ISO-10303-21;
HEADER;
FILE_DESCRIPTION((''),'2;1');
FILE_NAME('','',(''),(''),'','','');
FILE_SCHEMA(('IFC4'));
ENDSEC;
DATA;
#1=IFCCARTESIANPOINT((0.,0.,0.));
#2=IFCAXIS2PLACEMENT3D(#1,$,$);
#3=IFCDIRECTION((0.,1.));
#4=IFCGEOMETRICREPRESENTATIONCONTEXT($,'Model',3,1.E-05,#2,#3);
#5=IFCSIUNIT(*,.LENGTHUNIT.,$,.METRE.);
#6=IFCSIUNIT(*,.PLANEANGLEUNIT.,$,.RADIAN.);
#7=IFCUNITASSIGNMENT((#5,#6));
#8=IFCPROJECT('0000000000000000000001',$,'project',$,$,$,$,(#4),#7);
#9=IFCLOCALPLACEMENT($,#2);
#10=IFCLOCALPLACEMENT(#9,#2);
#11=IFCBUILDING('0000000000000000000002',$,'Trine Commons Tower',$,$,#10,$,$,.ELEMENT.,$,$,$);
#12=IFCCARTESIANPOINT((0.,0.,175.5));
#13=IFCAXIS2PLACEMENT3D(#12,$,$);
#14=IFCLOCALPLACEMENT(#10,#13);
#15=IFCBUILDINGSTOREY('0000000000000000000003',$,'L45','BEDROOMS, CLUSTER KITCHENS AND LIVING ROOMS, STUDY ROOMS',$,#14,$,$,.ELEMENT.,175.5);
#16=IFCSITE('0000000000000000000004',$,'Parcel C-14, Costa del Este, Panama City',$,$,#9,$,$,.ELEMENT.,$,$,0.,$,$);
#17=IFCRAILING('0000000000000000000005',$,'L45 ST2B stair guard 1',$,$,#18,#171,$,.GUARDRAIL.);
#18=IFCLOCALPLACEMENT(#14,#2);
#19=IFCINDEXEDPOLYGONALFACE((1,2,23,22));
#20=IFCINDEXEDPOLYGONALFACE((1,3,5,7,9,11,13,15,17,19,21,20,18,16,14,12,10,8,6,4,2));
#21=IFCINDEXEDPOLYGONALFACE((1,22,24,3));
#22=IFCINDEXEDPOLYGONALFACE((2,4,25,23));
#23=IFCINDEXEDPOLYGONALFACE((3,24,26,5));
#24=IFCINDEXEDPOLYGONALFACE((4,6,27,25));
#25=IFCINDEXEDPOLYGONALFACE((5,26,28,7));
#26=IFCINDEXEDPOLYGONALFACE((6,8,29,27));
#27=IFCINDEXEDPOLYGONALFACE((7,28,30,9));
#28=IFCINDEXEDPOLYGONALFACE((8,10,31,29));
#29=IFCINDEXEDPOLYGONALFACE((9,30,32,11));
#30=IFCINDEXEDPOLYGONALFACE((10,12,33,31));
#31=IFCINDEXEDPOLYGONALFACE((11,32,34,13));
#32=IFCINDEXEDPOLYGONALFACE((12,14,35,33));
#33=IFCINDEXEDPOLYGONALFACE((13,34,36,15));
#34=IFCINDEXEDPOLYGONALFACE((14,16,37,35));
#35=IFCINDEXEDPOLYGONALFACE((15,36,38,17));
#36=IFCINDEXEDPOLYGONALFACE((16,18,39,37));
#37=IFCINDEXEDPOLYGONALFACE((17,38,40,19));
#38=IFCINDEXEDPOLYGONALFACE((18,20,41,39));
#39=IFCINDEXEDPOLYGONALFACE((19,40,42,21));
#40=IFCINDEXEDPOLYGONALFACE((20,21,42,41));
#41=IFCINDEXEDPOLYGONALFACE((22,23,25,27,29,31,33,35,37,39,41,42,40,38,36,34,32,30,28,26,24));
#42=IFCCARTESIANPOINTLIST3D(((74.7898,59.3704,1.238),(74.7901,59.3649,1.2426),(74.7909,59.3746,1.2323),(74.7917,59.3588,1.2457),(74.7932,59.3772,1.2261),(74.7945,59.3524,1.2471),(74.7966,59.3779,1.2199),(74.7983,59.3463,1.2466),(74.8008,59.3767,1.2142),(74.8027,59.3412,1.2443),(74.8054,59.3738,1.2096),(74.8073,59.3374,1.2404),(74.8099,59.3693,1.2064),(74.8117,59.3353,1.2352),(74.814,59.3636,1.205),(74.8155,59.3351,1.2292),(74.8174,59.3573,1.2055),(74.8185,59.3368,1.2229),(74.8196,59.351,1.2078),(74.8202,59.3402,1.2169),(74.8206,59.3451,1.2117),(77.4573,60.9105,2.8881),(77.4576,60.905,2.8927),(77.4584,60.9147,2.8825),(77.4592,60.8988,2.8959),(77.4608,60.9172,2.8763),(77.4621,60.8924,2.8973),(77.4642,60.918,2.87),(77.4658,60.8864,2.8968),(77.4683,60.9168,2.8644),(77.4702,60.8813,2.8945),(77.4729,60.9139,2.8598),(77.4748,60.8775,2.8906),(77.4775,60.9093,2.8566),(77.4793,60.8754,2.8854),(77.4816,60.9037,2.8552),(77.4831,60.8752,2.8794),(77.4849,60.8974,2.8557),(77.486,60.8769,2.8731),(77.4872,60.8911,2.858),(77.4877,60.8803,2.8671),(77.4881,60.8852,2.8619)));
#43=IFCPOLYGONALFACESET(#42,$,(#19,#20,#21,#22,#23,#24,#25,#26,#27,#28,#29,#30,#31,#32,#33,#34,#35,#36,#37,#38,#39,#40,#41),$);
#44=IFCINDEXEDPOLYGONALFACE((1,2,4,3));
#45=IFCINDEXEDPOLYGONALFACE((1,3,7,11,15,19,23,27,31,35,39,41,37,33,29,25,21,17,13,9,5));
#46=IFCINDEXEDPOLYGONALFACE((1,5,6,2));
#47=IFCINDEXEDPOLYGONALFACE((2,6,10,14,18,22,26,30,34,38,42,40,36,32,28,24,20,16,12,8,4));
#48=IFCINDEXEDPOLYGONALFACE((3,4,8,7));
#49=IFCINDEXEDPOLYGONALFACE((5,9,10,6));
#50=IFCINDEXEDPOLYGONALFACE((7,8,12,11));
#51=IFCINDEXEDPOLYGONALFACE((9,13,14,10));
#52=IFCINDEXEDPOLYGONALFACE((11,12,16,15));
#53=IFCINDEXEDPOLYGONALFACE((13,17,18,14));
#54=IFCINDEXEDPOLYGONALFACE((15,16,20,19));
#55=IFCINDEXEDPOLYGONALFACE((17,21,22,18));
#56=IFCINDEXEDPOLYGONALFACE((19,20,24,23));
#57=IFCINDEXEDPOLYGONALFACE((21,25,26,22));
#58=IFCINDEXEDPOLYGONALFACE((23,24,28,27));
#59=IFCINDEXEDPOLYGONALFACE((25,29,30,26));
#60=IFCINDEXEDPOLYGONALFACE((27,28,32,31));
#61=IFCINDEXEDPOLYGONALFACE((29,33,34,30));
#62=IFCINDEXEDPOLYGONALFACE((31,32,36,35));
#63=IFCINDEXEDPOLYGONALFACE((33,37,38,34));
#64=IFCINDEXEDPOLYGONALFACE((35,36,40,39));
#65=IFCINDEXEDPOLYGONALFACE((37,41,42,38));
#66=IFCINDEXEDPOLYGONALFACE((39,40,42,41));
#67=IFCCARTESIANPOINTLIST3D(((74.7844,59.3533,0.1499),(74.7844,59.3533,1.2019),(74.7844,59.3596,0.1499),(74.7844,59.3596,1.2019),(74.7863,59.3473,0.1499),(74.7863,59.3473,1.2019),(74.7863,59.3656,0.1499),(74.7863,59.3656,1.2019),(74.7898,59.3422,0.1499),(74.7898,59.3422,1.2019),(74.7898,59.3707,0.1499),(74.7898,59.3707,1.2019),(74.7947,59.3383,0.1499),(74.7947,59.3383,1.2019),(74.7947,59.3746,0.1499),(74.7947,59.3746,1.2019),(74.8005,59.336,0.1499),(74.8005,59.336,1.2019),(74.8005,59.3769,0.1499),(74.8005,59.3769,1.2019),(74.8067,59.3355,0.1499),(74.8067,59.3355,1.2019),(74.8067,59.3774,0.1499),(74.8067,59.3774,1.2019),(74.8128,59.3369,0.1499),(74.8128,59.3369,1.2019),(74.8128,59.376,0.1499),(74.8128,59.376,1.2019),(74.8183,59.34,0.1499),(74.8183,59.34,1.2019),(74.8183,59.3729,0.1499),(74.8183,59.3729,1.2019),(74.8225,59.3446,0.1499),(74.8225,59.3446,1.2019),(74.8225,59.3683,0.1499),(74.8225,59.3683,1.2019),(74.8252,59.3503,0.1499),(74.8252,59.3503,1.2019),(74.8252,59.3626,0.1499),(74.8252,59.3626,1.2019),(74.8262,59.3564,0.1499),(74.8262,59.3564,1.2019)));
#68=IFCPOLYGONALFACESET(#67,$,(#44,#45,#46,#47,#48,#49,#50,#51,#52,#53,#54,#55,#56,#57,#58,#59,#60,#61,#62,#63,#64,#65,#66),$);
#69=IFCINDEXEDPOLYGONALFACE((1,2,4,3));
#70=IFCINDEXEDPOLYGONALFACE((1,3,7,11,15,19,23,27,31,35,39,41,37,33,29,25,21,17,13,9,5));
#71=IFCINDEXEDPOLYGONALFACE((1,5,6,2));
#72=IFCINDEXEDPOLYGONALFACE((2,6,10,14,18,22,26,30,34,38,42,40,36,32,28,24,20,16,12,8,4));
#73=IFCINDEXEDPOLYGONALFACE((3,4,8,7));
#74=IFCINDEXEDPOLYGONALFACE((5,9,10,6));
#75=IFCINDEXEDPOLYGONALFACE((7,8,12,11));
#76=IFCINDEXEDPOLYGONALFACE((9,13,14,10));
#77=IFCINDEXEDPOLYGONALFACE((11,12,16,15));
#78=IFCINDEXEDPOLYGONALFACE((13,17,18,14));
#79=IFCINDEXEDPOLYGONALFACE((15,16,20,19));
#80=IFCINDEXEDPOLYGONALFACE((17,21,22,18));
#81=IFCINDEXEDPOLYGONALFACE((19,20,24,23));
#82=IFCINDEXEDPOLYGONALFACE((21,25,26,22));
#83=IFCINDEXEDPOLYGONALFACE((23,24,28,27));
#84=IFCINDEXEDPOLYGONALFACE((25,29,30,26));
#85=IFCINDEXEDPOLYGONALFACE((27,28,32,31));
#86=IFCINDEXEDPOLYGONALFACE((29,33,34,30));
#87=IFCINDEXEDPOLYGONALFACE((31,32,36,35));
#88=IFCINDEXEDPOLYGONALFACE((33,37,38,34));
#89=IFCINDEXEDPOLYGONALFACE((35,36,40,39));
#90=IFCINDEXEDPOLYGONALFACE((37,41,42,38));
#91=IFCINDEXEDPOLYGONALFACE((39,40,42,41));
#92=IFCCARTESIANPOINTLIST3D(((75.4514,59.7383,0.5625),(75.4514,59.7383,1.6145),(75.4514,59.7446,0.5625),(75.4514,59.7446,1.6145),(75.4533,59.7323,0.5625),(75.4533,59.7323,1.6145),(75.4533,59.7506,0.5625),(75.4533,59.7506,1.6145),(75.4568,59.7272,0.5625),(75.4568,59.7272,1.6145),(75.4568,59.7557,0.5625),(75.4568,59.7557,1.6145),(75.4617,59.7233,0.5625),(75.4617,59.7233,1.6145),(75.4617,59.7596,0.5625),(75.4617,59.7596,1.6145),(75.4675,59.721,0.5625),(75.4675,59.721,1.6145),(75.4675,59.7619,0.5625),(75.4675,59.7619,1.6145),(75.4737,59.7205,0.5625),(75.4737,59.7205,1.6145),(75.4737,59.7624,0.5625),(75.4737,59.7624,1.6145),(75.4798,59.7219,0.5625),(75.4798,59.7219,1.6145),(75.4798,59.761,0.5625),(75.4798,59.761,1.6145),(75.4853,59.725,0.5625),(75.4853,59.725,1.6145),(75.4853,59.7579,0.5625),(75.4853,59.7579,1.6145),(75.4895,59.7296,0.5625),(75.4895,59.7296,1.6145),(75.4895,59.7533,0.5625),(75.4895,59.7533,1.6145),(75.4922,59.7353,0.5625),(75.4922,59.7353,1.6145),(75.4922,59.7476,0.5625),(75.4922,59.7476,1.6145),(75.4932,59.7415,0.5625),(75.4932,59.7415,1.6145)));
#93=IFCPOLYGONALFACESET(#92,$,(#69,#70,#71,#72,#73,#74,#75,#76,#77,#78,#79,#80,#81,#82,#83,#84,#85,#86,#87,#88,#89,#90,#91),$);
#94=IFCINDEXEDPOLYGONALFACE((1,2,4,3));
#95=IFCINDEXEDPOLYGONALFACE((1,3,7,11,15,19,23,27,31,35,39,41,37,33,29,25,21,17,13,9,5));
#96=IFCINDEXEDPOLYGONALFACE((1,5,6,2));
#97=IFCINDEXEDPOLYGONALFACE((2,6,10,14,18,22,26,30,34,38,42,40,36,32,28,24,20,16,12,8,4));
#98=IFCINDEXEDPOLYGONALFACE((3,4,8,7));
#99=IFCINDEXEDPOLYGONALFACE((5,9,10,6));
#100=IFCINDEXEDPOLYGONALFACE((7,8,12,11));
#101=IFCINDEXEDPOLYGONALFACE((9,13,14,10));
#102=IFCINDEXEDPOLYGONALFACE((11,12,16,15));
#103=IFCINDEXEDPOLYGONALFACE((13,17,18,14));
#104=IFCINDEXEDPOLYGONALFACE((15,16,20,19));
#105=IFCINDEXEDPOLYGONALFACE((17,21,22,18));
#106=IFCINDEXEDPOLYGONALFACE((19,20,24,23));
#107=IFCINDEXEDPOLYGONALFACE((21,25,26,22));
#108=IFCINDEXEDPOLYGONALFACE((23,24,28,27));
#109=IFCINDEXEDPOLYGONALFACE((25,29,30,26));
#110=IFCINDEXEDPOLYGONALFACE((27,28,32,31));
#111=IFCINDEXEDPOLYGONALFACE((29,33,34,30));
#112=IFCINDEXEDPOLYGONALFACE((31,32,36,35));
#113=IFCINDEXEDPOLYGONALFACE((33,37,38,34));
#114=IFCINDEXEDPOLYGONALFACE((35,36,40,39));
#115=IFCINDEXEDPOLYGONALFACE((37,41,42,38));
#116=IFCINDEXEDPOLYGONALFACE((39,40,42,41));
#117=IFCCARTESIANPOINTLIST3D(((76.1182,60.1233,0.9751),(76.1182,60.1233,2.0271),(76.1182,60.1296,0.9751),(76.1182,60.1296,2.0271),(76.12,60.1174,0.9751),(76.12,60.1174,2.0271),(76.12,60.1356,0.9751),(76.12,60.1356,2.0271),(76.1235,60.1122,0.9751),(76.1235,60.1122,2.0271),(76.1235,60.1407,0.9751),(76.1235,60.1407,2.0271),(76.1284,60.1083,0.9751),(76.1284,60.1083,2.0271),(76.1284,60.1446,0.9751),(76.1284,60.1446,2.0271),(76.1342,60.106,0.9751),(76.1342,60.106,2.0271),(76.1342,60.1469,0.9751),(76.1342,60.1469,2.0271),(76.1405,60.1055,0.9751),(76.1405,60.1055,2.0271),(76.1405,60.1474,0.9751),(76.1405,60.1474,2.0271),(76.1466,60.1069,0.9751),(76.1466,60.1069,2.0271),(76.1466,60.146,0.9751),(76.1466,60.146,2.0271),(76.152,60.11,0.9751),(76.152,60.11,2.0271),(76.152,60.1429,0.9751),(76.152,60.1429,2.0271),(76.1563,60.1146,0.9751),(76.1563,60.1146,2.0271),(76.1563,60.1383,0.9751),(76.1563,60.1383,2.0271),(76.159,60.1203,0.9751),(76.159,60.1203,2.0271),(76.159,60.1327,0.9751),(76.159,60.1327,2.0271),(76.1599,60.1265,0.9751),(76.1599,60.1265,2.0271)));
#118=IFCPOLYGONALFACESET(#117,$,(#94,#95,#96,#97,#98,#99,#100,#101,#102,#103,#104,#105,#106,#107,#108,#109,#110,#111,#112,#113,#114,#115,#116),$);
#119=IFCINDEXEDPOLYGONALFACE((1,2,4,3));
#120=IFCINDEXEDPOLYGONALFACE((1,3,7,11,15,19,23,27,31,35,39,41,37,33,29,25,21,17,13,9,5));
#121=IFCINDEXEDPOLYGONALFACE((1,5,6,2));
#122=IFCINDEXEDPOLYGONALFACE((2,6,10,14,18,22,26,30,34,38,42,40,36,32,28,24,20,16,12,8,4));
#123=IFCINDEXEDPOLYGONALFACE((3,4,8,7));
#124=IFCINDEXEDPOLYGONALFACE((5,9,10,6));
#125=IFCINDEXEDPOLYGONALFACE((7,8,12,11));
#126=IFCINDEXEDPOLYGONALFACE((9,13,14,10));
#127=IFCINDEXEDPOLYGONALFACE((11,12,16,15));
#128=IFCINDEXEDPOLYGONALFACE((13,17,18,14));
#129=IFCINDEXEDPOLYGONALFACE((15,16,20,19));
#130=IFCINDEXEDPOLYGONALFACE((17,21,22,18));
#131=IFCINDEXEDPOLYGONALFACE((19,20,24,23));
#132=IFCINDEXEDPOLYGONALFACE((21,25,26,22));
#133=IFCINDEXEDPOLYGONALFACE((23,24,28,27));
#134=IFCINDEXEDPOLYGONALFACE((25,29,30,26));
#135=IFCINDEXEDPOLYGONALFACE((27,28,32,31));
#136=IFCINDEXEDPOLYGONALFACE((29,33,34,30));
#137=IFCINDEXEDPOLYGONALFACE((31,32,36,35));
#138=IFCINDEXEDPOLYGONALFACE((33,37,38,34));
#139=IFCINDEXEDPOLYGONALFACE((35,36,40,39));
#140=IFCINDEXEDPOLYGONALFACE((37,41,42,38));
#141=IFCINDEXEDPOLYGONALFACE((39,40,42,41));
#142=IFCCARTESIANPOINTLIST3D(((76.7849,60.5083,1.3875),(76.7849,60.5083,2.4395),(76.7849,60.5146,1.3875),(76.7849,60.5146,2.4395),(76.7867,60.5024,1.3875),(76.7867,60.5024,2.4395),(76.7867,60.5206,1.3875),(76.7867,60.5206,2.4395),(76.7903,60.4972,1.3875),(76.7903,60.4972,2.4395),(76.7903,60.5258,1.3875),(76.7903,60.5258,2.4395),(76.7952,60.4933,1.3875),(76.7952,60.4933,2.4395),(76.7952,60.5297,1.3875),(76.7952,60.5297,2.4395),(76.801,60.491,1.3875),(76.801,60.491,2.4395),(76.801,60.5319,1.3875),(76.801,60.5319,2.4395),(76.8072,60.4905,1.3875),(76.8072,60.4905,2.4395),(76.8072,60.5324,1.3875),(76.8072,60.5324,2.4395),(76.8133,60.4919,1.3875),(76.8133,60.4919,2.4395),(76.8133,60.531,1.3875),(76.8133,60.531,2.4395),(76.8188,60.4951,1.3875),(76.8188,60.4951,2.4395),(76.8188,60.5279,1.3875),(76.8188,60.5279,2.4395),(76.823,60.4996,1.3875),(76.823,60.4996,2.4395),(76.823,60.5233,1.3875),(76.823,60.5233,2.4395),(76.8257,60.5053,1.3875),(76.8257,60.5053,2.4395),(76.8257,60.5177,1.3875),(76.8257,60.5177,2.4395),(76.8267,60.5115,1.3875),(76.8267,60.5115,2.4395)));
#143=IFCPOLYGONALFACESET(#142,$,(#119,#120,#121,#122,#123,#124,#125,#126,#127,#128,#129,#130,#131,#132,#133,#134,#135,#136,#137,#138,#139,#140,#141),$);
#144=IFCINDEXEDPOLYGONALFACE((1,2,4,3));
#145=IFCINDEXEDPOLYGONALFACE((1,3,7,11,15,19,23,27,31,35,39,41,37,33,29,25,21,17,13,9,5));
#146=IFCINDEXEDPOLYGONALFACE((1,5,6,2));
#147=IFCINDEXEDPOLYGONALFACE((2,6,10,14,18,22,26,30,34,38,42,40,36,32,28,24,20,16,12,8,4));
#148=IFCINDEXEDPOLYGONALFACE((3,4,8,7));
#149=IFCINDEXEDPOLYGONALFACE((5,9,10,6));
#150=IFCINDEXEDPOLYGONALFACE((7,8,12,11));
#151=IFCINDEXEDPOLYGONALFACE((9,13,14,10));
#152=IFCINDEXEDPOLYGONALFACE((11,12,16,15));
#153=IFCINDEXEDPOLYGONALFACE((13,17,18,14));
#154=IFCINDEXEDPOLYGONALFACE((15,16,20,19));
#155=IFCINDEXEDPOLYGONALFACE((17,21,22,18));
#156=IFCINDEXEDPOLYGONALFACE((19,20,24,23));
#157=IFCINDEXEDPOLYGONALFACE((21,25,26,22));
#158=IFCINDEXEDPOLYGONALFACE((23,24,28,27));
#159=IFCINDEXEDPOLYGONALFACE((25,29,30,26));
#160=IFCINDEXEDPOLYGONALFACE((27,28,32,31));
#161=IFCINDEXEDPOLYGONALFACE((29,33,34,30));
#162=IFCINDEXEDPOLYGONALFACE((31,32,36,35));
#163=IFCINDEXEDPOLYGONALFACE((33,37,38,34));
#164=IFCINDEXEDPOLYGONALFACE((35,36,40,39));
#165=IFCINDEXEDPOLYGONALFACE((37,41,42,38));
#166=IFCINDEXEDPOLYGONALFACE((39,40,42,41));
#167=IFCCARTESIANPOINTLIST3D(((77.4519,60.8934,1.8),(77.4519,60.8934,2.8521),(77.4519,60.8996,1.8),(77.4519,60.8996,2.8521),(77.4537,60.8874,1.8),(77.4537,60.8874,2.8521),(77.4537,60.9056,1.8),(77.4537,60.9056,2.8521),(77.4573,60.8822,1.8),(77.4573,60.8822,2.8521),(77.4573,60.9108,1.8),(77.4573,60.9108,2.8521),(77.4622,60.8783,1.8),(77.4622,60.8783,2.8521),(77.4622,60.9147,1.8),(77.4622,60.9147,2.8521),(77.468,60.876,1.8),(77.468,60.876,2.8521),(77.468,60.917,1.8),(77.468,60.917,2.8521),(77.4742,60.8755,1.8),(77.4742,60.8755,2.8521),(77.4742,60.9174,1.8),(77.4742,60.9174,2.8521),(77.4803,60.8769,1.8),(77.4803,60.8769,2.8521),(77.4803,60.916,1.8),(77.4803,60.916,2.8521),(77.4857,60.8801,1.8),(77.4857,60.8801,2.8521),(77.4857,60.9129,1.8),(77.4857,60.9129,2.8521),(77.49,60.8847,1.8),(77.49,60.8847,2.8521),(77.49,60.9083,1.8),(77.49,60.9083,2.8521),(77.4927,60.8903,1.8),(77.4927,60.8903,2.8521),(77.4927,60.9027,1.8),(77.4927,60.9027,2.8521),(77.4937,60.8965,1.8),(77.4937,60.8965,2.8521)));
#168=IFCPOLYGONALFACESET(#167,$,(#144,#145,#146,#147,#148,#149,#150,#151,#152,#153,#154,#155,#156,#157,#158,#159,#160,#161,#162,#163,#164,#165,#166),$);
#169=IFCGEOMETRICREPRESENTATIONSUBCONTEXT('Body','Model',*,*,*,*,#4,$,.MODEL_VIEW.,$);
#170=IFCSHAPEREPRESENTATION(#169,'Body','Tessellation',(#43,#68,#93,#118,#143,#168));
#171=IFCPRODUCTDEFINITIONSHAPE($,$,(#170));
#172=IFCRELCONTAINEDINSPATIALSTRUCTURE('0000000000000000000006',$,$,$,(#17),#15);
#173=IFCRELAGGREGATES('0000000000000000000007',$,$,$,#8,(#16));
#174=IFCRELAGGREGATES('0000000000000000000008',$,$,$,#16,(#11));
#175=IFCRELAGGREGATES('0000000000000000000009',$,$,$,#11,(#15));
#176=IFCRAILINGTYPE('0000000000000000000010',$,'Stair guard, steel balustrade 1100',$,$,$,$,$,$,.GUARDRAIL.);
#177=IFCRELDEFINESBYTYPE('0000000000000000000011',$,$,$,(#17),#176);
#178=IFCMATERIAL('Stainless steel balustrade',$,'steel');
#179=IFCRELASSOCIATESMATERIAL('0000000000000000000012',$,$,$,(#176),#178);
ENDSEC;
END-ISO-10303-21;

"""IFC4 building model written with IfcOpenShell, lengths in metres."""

from ifc_helpers import new_model, si_unit, direction, frame, origin, origin_2d, place, context, subcontext, project, spatial, circle, extrude, material, type_object, element, save


model = new_model("IFC4")

# Units and contexts
model_context = context("Model", 3, precision=1e-05, world=origin(), true_north=direction((0.0, 1.0)))
body_context = subcontext(model_context, "Body", "Model", "MODEL_VIEW")
ifc_project = project(units=[si_unit("LENGTHUNIT", "METRE"), si_unit("PLANEANGLEUNIT", "RADIAN")], contexts=[model_context])

# Site, building, storey
site_placement = place(None, origin())
site = spatial("IfcSite", under=ifc_project, at=site_placement, Name="Parcel C-14, Costa del Este, Panama City", CompositionType="ELEMENT", RefElevation=0.0)
building_placement = place(site_placement, origin())
building = spatial("IfcBuilding", under=site, at=building_placement, Name="Trine Commons Tower", CompositionType="ELEMENT")
storey_placement = place(building_placement, frame((0.0, 0.0, 175.5)))
storey = spatial("IfcBuildingStorey", under=building, at=storey_placement, Name="L45", Description="BEDROOMS, CLUSTER KITCHENS AND LIVING ROOMS, STUDY ROOMS", CompositionType="ELEMENT", Elevation=175.5)

# Railing
ifc_material_1 = material(Name="Stainless steel balustrade", Category="steel")
railing_type_1 = type_object("IfcRailingType", Name="Stair guard, steel balustrade 1100", PredefinedType="GUARDRAIL", material=ifc_material_1)
railing_1_placement = place(storey_placement, frame((74.8052, 59.3564, 0.1499)))
element("IfcRailing", 1, at=railing_1_placement, inside=storey, type_object=railing_type_1, Name="L45 ST2B stair guard 1", PredefinedType="GUARDRAIL", context=body_context, shape_type="SweptSolid", body=[
    extrude(circle(Radius=0.0239, at=origin_2d()), frame((0.0, 0.0, 1.0762), z_axis=(0.76338, 0.440728, 0.472239), x_axis=(-0.499992, 0.86603, 0.0)), (0.0, 0.0, 1.0), 3.4944),
    extrude(circle(Radius=0.021, at=origin_2d()), origin(), (0.0, 0.0, 1.0), 1.052),
    extrude(circle(Radius=0.021, at=origin_2d()), frame((0.667, 0.385, 0.4126)), (0.0, 0.0, 1.0), 1.052),
    extrude(circle(Radius=0.021, at=origin_2d()), frame((1.3337, 0.77, 0.8252)), (0.0, 0.0, 1.0), 1.052),
    extrude(circle(Radius=0.021, at=origin_2d()), frame((2.0005, 1.155, 1.2375)), (0.0, 0.0, 1.0), 1.052),
    extrude(circle(Radius=0.021, at=origin_2d()), frame((2.6675, 1.54, 1.6501)), (0.0, 0.0, 1.0), 1.052),
])

save(model, "model.ifc")
